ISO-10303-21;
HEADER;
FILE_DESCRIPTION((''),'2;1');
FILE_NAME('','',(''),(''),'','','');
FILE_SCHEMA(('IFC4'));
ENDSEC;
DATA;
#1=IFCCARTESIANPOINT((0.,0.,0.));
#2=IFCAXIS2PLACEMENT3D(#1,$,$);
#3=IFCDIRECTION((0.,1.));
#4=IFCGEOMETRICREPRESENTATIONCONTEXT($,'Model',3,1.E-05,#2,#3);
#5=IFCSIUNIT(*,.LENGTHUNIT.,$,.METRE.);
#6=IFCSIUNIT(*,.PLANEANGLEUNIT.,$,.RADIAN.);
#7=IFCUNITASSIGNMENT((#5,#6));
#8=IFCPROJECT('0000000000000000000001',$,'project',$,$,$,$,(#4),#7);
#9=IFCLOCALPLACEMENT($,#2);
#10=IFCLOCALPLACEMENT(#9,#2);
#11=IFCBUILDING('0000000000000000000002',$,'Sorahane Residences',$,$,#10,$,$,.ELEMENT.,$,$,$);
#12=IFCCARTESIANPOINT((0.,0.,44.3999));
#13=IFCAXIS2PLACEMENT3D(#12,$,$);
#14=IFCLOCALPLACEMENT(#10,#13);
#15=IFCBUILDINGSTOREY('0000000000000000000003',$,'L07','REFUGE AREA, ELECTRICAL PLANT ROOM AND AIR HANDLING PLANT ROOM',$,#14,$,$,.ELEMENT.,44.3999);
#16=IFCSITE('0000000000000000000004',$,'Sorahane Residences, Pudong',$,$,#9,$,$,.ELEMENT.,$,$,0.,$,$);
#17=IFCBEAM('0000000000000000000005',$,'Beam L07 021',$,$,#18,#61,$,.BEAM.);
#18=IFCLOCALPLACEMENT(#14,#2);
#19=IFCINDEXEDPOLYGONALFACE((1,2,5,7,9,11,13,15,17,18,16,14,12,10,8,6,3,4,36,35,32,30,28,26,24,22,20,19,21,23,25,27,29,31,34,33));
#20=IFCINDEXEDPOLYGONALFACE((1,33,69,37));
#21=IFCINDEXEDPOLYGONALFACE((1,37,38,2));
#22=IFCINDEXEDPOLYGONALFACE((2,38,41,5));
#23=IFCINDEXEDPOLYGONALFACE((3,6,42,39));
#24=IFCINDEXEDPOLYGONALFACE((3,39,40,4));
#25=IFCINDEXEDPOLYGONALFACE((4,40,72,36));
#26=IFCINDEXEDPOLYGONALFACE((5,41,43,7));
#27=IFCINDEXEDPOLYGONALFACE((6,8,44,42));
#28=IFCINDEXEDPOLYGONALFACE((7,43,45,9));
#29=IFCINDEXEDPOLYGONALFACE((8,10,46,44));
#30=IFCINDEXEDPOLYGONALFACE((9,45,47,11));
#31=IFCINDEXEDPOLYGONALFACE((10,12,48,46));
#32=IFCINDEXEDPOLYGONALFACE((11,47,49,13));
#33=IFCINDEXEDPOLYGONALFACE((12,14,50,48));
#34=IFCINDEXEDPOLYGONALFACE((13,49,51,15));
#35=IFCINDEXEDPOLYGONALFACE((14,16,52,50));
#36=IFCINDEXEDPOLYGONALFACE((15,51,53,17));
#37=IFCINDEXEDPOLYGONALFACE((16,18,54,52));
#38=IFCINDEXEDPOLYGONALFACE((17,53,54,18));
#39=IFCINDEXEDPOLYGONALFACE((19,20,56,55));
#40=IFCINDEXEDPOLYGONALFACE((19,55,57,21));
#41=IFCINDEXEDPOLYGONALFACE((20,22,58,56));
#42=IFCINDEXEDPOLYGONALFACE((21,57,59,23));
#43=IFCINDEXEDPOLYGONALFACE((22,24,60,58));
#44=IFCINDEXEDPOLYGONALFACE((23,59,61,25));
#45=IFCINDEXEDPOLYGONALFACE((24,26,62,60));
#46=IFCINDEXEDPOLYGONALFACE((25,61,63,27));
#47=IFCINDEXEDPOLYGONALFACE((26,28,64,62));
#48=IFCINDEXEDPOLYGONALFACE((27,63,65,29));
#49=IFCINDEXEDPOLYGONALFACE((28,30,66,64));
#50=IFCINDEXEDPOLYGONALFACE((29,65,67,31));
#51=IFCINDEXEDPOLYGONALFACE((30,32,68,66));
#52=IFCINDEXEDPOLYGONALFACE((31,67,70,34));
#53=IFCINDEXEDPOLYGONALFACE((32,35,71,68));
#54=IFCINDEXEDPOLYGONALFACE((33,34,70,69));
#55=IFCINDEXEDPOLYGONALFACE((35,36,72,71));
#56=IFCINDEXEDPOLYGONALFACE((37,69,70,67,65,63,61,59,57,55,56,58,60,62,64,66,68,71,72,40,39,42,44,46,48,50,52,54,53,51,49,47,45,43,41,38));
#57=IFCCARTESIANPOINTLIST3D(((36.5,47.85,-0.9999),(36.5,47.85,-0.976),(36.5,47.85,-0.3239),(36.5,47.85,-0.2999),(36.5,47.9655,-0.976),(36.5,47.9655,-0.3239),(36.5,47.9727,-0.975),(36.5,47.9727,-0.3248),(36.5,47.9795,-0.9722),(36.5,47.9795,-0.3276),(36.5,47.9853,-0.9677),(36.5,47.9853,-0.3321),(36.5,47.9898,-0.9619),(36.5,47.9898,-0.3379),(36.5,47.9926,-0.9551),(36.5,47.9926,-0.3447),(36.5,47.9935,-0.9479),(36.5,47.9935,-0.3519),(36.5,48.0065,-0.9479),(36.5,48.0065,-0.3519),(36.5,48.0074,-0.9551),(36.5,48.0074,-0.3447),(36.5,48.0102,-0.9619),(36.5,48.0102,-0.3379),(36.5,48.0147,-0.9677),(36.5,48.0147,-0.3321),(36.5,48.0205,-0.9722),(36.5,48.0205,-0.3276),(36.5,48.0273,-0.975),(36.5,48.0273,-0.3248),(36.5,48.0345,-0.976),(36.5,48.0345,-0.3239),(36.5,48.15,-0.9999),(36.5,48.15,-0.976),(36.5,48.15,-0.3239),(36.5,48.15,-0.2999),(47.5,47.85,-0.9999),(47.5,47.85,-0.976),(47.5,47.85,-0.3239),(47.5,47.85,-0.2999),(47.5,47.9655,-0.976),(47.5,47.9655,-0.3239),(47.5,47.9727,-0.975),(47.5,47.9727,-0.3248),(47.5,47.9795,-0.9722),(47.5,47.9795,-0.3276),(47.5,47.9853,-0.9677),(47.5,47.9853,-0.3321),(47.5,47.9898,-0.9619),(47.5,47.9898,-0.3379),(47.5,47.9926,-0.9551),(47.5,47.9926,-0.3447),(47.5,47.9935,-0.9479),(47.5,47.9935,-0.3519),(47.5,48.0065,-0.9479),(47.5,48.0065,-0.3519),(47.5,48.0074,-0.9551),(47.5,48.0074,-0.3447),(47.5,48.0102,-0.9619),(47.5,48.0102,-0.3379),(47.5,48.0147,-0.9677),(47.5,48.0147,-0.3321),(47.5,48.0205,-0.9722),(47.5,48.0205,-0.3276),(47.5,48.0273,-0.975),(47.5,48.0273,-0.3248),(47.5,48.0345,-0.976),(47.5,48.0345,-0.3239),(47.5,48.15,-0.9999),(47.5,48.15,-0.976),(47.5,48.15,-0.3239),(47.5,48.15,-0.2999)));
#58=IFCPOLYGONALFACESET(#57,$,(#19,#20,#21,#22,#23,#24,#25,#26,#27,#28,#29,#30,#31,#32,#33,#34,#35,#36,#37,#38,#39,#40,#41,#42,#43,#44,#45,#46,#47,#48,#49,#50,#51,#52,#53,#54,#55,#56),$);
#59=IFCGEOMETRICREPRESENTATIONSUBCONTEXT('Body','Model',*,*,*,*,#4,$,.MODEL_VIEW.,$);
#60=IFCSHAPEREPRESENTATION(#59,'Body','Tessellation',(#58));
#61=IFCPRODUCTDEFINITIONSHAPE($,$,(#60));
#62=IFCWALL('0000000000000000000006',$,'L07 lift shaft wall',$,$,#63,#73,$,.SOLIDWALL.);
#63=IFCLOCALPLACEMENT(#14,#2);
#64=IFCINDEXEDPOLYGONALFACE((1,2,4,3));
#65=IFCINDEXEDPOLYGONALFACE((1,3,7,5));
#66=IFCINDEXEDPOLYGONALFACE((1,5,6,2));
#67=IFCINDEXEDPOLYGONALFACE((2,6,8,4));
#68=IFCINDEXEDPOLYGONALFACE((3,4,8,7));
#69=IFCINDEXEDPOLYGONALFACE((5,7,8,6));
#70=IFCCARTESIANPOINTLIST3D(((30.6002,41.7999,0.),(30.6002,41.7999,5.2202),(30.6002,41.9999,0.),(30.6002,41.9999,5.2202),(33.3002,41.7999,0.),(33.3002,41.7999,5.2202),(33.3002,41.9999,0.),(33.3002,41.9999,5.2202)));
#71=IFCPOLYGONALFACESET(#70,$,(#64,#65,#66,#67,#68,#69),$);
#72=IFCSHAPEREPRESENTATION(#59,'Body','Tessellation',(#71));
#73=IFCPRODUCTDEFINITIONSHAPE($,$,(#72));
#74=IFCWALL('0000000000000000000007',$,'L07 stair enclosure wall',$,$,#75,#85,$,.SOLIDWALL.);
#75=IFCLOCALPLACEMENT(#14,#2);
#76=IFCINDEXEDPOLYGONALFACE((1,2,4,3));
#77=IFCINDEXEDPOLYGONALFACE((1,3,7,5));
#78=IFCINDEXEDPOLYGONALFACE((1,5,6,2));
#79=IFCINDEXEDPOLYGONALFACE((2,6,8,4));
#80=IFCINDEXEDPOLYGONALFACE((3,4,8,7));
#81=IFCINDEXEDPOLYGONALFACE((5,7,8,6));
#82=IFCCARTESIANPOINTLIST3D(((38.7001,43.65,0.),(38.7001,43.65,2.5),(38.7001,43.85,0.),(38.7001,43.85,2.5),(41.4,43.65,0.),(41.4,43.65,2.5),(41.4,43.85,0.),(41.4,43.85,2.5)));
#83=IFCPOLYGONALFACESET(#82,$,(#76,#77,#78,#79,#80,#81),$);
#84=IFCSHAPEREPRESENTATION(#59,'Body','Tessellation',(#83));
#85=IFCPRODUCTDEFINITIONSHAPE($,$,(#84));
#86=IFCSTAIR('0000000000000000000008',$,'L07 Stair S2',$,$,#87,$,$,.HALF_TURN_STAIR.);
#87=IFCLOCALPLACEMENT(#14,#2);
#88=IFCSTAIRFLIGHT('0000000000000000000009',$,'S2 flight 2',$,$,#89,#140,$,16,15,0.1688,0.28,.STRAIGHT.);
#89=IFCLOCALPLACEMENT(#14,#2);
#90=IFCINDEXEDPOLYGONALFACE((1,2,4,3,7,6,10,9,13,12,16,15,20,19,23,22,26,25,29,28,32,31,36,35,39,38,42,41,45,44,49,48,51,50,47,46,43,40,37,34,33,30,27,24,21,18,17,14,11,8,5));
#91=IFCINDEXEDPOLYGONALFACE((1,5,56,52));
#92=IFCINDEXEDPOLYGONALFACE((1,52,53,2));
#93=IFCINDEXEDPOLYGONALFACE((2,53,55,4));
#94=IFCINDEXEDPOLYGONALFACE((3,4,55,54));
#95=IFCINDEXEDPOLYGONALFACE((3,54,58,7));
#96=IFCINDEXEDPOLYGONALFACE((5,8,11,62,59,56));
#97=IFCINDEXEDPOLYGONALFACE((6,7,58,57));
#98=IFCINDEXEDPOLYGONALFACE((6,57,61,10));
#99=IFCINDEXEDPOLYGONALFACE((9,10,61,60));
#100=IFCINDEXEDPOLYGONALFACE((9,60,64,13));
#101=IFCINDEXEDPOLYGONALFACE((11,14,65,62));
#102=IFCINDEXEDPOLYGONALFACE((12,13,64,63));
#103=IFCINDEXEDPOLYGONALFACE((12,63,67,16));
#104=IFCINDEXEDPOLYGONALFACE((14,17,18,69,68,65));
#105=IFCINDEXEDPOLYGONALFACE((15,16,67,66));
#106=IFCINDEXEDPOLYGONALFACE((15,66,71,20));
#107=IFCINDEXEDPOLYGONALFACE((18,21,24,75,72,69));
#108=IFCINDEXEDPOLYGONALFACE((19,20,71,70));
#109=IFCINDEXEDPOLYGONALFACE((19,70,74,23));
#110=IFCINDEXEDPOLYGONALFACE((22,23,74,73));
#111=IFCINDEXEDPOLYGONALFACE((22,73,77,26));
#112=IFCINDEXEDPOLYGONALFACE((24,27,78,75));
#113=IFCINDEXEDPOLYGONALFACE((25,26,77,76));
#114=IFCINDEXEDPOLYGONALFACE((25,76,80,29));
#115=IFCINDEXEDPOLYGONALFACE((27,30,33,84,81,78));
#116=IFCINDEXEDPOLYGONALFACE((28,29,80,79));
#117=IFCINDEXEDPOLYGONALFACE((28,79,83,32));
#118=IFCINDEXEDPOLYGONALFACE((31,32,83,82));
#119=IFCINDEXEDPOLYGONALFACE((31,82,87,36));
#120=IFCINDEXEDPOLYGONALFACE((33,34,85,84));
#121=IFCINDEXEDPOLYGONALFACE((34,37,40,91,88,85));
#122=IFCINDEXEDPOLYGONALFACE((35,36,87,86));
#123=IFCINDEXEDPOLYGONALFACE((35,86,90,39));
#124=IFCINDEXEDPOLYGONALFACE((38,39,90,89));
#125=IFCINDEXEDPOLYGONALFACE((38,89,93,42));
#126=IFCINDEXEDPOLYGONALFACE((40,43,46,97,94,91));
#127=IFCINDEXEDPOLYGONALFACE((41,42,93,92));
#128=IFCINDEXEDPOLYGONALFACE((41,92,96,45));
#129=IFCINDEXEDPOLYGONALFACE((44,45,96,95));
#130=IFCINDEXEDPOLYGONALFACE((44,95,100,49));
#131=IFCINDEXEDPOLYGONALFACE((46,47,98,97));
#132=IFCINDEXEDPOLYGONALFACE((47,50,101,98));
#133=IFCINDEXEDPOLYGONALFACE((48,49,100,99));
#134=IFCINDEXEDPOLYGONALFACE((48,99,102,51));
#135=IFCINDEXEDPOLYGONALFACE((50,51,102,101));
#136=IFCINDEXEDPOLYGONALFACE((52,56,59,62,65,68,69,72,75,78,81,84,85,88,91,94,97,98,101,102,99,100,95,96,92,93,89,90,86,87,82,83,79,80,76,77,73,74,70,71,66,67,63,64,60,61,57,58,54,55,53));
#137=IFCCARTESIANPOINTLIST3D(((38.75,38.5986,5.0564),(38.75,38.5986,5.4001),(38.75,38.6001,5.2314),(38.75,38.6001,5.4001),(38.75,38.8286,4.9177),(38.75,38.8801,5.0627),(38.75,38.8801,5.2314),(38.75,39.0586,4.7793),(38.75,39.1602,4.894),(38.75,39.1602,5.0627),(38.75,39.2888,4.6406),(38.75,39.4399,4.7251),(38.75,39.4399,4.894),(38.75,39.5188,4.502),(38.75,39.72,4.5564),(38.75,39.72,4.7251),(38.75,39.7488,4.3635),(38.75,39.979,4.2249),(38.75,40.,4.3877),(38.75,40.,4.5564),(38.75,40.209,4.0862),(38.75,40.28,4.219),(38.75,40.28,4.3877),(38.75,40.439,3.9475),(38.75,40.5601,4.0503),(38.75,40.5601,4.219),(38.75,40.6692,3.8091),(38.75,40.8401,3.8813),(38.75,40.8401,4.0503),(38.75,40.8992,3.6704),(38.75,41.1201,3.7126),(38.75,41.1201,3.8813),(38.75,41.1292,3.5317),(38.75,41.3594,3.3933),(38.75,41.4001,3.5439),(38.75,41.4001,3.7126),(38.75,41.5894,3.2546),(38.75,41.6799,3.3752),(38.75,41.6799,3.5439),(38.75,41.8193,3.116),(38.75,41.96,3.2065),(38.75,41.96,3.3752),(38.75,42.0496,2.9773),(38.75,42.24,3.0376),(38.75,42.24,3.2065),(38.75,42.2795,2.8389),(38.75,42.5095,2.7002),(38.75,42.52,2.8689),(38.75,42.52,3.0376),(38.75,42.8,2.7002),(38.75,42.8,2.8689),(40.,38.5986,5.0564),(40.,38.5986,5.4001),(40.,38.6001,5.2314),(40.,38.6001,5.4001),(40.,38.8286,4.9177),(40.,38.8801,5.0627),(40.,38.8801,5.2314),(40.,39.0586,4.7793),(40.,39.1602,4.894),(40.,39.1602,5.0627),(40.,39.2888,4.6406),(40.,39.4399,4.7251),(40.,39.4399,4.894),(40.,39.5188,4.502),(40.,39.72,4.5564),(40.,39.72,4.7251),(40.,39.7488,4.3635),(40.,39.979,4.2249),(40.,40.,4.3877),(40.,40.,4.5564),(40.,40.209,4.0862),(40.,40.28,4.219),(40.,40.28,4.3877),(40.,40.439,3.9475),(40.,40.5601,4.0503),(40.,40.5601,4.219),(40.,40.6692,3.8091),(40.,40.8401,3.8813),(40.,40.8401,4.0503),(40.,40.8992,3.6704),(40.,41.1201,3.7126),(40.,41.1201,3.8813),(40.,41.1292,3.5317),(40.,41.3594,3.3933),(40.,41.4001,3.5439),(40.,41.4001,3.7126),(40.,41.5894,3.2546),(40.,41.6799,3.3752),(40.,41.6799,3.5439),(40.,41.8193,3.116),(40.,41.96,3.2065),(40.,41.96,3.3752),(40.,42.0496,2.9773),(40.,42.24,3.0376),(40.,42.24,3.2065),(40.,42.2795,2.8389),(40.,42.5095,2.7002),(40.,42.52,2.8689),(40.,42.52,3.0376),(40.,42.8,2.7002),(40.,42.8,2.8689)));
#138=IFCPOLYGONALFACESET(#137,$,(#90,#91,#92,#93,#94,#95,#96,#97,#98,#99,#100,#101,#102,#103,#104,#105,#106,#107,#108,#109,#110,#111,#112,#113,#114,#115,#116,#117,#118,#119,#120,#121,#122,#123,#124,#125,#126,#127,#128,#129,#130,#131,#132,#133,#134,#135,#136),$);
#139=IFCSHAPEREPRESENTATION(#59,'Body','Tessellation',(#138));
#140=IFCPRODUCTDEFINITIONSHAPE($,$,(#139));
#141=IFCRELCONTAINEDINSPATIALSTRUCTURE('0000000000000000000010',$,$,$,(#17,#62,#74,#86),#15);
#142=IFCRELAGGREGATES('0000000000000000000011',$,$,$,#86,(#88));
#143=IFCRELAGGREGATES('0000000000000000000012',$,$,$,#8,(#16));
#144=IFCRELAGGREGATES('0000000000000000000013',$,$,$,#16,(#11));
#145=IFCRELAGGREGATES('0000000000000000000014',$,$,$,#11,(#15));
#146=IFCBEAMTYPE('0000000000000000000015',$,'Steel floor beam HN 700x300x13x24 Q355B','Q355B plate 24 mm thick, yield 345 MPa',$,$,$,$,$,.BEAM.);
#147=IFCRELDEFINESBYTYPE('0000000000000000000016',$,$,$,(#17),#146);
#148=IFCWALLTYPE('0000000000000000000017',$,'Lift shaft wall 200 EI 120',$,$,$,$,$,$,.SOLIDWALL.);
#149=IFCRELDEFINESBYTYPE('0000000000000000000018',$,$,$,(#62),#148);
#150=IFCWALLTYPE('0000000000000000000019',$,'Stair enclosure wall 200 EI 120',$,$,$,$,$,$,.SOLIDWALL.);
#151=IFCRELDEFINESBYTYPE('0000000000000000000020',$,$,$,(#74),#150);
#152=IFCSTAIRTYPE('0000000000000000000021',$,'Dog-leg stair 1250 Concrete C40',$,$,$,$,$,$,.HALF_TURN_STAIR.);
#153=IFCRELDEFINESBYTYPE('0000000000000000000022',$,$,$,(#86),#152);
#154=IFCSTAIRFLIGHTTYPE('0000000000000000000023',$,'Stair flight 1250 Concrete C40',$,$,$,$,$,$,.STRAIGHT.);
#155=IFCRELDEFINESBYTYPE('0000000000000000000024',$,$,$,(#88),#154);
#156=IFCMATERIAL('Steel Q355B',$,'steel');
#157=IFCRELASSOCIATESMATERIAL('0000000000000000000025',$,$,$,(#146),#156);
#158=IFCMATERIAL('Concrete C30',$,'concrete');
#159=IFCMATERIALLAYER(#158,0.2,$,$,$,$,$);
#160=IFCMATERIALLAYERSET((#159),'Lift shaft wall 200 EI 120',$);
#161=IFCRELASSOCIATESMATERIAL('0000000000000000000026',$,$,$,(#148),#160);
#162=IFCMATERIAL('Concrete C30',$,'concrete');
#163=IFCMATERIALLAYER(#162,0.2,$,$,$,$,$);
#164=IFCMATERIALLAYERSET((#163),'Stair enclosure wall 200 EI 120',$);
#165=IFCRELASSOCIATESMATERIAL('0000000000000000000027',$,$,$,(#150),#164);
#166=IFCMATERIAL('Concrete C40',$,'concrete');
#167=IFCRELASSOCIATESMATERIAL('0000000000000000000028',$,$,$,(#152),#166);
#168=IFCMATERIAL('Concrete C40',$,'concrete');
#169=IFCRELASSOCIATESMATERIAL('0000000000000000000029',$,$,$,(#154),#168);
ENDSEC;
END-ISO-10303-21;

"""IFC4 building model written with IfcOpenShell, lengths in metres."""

from ifc_helpers import new_model, si_unit, direction, frame, frame_2d, origin, origin_2d, place, context, subcontext, project, spatial, polyline, rectangle, i_section, outline, extrude, material, layer, layer_set, material_profile, profile_set, type_object, element, aggregate, save


model = new_model("IFC4")

# Units and contexts
model_context = context("Model", 3, precision=1e-05, world=origin(), true_north=direction((0.0, 1.0)))
body_context = subcontext(model_context, "Body", "Model", "MODEL_VIEW")
ifc_project = project(units=[si_unit("LENGTHUNIT", "METRE"), si_unit("PLANEANGLEUNIT", "RADIAN")], contexts=[model_context])

# Site, building, storey
site_placement = place(None, origin())
site = spatial("IfcSite", under=ifc_project, at=site_placement, Name="Sorahane Residences, Pudong", CompositionType="ELEMENT", RefElevation=0.0)
building_placement = place(site_placement, origin())
building = spatial("IfcBuilding", under=site, at=building_placement, Name="Sorahane Residences", CompositionType="ELEMENT")
storey_placement = place(building_placement, frame((0.0, 0.0, 44.3999)))
storey = spatial("IfcBuildingStorey", under=building, at=storey_placement, Name="L07", Description="REFUGE AREA, ELECTRICAL PLANT ROOM AND AIR HANDLING PLANT ROOM", CompositionType="ELEMENT", Elevation=44.3999)

# Beam
ifc_material_1 = material(Name="Steel Q355B", Category="steel")
ifc_material_profile_1 = material_profile(ifc_material_1, i_section(OverallWidth=0.3, OverallDepth=0.7, WebThickness=0.0129, FlangeThickness=0.0239, FilletRadius=0.0281, at=origin_2d()), Name="HN 700x300x13x24")
ifc_profile_set_1 = profile_set([ifc_material_profile_1], Name="Steel Q355B")
beam_type_1 = type_object("IfcBeamType", Name="Steel floor beam HN 700x300x13x24 Q355B", Description="Q355B plate 24 mm thick, yield 345 MPa", PredefinedType="BEAM", material=ifc_profile_set_1)
beam_1_placement = place(storey_placement, frame((36.5, 48.0, -0.6499), z_axis=(1.0, 0.0, 0.0), x_axis=(0.0, 1.0, 0.0)))
element("IfcBeam", 1, at=beam_1_placement, inside=storey, type_object=beam_type_1, Name="Beam L07 021", PredefinedType="BEAM", context=body_context, shape_type="SweptSolid", body=[
    extrude(i_section(OverallWidth=0.3, OverallDepth=0.7, WebThickness=0.0129, FlangeThickness=0.0239, FilletRadius=0.0281, at=origin_2d()), origin(), (0.0, 0.0, 1.0), 11.0),
])

# Walls
ifc_material_2 = material(Name="Concrete C30", Category="concrete")
ifc_layer_1 = layer(ifc_material_2, 0.2)
ifc_layer_set_1 = layer_set([ifc_layer_1], Name="Lift shaft wall 200 EI 120")
wall_type_1 = type_object("IfcWallType", Name="Lift shaft wall 200 EI 120", PredefinedType="SOLIDWALL", material=ifc_layer_set_1)
wall_1_placement = place(storey_placement, frame((30.6001, 41.8999, 0.0), z_axis=(0.0, 0.0, 1.0), x_axis=(1.0, 0.0, 0.0)))
element("IfcWall", 2, at=wall_1_placement, inside=storey, type_object=wall_type_1, Name="L07 lift shaft wall", PredefinedType="SOLIDWALL", context=body_context, shape_type="SweptSolid", body=[
    extrude(rectangle(XDim=2.7, YDim=0.2, at=frame_2d((1.3501, 0.0))), origin(), (0.0, 0.0, 1.0), 5.2202),
])
ifc_material_3 = material(Name="Concrete C30", Category="concrete")
ifc_layer_2 = layer(ifc_material_3, 0.2)
ifc_layer_set_2 = layer_set([ifc_layer_2], Name="Stair enclosure wall 200 EI 120")
wall_type_2 = type_object("IfcWallType", Name="Stair enclosure wall 200 EI 120", PredefinedType="SOLIDWALL", material=ifc_layer_set_2)
wall_2_placement = place(storey_placement, frame((38.7, 43.75, 0.0), z_axis=(0.0, 0.0, 1.0), x_axis=(1.0, 0.0, 0.0)))
element("IfcWall", 3, at=wall_2_placement, inside=storey, type_object=wall_type_2, Name="L07 stair enclosure wall", PredefinedType="SOLIDWALL", context=body_context, shape_type="SweptSolid", body=[
    extrude(rectangle(XDim=2.7, YDim=0.2, at=frame_2d((1.3501, 0.0))), origin(), (0.0, 0.0, 1.0), 2.5),
])

# Stair, stair flight
ifc_material_4 = material(Name="Concrete C40", Category="concrete")
stair_type = type_object("IfcStairType", Name="Dog-leg stair 1250 Concrete C40", PredefinedType="HALF_TURN_STAIR", material=ifc_material_4)
stair_placement = place(storey_placement, origin())
stair = element("IfcStair", 4, at=stair_placement, inside=storey, type_object=stair_type, Name="L07 Stair S2", PredefinedType="HALF_TURN_STAIR")
ifc_material_5 = material(Name="Concrete C40", Category="concrete")
stair_flight_type = type_object("IfcStairFlightType", Name="Stair flight 1250 Concrete C40", PredefinedType="STRAIGHT", material=ifc_material_5)
stair_flight_placement = place(storey_placement, frame((39.375, 42.8, 2.7002), z_axis=(0.0, 0.0, 1.0), x_axis=(0.0, -1.0, 0.0)))
stair_flight = element("IfcStairFlight", 5, at=stair_flight_placement, type_object=stair_flight_type, Name="S2 flight 2", NumberOfRisers=16, NumberOfTreads=15, PredefinedType="STRAIGHT", RiserHeight=0.1688, TreadLength=0.28, context=body_context, shape_type="SweptSolid", body=[
    extrude(outline(polyline([(0.0, 0.0), (0.0, 0.1687), (0.28, 0.1687), (0.28, 0.3374), (0.5601, 0.3374), (0.5601, 0.5063), (0.8401, 0.5063), (0.8401, 0.675), (1.1201, 0.675), (1.1201, 0.8438), (1.3999, 0.8438), (1.3999, 1.0125), (1.6799, 1.0125), (1.6799, 1.1812), (1.96, 1.1812), (1.96, 1.3501), (2.24, 1.3501), (2.24, 1.5188), (2.52, 1.5188), (2.52, 1.6875), (2.8, 1.6875), (2.8, 1.8562), (3.0801, 1.8562), (3.0801, 2.0249), (3.3601, 2.0249), (3.3601, 2.1938), (3.6399, 2.1938), (3.6399, 2.3625), (3.9199, 2.3625), (3.9199, 2.5312), (4.2, 2.5312), (4.2, 2.7), (4.2014, 2.7), (4.2014, 2.3562), (3.9714, 2.2175), (3.7415, 2.0791), (3.5112, 1.9404), (3.2812, 1.8018), (3.0513, 1.6633), (2.821, 1.5247), (2.5911, 1.386), (2.3611, 1.2473), (2.1309, 1.1089), (1.9009, 0.9702), (1.6709, 0.8315), (1.4407, 0.6931), (1.2107, 0.5544), (0.9807, 0.4158), (0.7505, 0.2771), (0.5205, 0.1387), (0.2905, 0.0), (0.0, 0.0)])), frame((0.0, 0.625, 0.0), z_axis=(0.0, -1.0, 0.0), x_axis=(1.0, 0.0, 0.0)), (0.0, 0.0, 1.0), 1.25),
])
aggregate(stair, [stair_flight])

save(model, "model.ifc")
